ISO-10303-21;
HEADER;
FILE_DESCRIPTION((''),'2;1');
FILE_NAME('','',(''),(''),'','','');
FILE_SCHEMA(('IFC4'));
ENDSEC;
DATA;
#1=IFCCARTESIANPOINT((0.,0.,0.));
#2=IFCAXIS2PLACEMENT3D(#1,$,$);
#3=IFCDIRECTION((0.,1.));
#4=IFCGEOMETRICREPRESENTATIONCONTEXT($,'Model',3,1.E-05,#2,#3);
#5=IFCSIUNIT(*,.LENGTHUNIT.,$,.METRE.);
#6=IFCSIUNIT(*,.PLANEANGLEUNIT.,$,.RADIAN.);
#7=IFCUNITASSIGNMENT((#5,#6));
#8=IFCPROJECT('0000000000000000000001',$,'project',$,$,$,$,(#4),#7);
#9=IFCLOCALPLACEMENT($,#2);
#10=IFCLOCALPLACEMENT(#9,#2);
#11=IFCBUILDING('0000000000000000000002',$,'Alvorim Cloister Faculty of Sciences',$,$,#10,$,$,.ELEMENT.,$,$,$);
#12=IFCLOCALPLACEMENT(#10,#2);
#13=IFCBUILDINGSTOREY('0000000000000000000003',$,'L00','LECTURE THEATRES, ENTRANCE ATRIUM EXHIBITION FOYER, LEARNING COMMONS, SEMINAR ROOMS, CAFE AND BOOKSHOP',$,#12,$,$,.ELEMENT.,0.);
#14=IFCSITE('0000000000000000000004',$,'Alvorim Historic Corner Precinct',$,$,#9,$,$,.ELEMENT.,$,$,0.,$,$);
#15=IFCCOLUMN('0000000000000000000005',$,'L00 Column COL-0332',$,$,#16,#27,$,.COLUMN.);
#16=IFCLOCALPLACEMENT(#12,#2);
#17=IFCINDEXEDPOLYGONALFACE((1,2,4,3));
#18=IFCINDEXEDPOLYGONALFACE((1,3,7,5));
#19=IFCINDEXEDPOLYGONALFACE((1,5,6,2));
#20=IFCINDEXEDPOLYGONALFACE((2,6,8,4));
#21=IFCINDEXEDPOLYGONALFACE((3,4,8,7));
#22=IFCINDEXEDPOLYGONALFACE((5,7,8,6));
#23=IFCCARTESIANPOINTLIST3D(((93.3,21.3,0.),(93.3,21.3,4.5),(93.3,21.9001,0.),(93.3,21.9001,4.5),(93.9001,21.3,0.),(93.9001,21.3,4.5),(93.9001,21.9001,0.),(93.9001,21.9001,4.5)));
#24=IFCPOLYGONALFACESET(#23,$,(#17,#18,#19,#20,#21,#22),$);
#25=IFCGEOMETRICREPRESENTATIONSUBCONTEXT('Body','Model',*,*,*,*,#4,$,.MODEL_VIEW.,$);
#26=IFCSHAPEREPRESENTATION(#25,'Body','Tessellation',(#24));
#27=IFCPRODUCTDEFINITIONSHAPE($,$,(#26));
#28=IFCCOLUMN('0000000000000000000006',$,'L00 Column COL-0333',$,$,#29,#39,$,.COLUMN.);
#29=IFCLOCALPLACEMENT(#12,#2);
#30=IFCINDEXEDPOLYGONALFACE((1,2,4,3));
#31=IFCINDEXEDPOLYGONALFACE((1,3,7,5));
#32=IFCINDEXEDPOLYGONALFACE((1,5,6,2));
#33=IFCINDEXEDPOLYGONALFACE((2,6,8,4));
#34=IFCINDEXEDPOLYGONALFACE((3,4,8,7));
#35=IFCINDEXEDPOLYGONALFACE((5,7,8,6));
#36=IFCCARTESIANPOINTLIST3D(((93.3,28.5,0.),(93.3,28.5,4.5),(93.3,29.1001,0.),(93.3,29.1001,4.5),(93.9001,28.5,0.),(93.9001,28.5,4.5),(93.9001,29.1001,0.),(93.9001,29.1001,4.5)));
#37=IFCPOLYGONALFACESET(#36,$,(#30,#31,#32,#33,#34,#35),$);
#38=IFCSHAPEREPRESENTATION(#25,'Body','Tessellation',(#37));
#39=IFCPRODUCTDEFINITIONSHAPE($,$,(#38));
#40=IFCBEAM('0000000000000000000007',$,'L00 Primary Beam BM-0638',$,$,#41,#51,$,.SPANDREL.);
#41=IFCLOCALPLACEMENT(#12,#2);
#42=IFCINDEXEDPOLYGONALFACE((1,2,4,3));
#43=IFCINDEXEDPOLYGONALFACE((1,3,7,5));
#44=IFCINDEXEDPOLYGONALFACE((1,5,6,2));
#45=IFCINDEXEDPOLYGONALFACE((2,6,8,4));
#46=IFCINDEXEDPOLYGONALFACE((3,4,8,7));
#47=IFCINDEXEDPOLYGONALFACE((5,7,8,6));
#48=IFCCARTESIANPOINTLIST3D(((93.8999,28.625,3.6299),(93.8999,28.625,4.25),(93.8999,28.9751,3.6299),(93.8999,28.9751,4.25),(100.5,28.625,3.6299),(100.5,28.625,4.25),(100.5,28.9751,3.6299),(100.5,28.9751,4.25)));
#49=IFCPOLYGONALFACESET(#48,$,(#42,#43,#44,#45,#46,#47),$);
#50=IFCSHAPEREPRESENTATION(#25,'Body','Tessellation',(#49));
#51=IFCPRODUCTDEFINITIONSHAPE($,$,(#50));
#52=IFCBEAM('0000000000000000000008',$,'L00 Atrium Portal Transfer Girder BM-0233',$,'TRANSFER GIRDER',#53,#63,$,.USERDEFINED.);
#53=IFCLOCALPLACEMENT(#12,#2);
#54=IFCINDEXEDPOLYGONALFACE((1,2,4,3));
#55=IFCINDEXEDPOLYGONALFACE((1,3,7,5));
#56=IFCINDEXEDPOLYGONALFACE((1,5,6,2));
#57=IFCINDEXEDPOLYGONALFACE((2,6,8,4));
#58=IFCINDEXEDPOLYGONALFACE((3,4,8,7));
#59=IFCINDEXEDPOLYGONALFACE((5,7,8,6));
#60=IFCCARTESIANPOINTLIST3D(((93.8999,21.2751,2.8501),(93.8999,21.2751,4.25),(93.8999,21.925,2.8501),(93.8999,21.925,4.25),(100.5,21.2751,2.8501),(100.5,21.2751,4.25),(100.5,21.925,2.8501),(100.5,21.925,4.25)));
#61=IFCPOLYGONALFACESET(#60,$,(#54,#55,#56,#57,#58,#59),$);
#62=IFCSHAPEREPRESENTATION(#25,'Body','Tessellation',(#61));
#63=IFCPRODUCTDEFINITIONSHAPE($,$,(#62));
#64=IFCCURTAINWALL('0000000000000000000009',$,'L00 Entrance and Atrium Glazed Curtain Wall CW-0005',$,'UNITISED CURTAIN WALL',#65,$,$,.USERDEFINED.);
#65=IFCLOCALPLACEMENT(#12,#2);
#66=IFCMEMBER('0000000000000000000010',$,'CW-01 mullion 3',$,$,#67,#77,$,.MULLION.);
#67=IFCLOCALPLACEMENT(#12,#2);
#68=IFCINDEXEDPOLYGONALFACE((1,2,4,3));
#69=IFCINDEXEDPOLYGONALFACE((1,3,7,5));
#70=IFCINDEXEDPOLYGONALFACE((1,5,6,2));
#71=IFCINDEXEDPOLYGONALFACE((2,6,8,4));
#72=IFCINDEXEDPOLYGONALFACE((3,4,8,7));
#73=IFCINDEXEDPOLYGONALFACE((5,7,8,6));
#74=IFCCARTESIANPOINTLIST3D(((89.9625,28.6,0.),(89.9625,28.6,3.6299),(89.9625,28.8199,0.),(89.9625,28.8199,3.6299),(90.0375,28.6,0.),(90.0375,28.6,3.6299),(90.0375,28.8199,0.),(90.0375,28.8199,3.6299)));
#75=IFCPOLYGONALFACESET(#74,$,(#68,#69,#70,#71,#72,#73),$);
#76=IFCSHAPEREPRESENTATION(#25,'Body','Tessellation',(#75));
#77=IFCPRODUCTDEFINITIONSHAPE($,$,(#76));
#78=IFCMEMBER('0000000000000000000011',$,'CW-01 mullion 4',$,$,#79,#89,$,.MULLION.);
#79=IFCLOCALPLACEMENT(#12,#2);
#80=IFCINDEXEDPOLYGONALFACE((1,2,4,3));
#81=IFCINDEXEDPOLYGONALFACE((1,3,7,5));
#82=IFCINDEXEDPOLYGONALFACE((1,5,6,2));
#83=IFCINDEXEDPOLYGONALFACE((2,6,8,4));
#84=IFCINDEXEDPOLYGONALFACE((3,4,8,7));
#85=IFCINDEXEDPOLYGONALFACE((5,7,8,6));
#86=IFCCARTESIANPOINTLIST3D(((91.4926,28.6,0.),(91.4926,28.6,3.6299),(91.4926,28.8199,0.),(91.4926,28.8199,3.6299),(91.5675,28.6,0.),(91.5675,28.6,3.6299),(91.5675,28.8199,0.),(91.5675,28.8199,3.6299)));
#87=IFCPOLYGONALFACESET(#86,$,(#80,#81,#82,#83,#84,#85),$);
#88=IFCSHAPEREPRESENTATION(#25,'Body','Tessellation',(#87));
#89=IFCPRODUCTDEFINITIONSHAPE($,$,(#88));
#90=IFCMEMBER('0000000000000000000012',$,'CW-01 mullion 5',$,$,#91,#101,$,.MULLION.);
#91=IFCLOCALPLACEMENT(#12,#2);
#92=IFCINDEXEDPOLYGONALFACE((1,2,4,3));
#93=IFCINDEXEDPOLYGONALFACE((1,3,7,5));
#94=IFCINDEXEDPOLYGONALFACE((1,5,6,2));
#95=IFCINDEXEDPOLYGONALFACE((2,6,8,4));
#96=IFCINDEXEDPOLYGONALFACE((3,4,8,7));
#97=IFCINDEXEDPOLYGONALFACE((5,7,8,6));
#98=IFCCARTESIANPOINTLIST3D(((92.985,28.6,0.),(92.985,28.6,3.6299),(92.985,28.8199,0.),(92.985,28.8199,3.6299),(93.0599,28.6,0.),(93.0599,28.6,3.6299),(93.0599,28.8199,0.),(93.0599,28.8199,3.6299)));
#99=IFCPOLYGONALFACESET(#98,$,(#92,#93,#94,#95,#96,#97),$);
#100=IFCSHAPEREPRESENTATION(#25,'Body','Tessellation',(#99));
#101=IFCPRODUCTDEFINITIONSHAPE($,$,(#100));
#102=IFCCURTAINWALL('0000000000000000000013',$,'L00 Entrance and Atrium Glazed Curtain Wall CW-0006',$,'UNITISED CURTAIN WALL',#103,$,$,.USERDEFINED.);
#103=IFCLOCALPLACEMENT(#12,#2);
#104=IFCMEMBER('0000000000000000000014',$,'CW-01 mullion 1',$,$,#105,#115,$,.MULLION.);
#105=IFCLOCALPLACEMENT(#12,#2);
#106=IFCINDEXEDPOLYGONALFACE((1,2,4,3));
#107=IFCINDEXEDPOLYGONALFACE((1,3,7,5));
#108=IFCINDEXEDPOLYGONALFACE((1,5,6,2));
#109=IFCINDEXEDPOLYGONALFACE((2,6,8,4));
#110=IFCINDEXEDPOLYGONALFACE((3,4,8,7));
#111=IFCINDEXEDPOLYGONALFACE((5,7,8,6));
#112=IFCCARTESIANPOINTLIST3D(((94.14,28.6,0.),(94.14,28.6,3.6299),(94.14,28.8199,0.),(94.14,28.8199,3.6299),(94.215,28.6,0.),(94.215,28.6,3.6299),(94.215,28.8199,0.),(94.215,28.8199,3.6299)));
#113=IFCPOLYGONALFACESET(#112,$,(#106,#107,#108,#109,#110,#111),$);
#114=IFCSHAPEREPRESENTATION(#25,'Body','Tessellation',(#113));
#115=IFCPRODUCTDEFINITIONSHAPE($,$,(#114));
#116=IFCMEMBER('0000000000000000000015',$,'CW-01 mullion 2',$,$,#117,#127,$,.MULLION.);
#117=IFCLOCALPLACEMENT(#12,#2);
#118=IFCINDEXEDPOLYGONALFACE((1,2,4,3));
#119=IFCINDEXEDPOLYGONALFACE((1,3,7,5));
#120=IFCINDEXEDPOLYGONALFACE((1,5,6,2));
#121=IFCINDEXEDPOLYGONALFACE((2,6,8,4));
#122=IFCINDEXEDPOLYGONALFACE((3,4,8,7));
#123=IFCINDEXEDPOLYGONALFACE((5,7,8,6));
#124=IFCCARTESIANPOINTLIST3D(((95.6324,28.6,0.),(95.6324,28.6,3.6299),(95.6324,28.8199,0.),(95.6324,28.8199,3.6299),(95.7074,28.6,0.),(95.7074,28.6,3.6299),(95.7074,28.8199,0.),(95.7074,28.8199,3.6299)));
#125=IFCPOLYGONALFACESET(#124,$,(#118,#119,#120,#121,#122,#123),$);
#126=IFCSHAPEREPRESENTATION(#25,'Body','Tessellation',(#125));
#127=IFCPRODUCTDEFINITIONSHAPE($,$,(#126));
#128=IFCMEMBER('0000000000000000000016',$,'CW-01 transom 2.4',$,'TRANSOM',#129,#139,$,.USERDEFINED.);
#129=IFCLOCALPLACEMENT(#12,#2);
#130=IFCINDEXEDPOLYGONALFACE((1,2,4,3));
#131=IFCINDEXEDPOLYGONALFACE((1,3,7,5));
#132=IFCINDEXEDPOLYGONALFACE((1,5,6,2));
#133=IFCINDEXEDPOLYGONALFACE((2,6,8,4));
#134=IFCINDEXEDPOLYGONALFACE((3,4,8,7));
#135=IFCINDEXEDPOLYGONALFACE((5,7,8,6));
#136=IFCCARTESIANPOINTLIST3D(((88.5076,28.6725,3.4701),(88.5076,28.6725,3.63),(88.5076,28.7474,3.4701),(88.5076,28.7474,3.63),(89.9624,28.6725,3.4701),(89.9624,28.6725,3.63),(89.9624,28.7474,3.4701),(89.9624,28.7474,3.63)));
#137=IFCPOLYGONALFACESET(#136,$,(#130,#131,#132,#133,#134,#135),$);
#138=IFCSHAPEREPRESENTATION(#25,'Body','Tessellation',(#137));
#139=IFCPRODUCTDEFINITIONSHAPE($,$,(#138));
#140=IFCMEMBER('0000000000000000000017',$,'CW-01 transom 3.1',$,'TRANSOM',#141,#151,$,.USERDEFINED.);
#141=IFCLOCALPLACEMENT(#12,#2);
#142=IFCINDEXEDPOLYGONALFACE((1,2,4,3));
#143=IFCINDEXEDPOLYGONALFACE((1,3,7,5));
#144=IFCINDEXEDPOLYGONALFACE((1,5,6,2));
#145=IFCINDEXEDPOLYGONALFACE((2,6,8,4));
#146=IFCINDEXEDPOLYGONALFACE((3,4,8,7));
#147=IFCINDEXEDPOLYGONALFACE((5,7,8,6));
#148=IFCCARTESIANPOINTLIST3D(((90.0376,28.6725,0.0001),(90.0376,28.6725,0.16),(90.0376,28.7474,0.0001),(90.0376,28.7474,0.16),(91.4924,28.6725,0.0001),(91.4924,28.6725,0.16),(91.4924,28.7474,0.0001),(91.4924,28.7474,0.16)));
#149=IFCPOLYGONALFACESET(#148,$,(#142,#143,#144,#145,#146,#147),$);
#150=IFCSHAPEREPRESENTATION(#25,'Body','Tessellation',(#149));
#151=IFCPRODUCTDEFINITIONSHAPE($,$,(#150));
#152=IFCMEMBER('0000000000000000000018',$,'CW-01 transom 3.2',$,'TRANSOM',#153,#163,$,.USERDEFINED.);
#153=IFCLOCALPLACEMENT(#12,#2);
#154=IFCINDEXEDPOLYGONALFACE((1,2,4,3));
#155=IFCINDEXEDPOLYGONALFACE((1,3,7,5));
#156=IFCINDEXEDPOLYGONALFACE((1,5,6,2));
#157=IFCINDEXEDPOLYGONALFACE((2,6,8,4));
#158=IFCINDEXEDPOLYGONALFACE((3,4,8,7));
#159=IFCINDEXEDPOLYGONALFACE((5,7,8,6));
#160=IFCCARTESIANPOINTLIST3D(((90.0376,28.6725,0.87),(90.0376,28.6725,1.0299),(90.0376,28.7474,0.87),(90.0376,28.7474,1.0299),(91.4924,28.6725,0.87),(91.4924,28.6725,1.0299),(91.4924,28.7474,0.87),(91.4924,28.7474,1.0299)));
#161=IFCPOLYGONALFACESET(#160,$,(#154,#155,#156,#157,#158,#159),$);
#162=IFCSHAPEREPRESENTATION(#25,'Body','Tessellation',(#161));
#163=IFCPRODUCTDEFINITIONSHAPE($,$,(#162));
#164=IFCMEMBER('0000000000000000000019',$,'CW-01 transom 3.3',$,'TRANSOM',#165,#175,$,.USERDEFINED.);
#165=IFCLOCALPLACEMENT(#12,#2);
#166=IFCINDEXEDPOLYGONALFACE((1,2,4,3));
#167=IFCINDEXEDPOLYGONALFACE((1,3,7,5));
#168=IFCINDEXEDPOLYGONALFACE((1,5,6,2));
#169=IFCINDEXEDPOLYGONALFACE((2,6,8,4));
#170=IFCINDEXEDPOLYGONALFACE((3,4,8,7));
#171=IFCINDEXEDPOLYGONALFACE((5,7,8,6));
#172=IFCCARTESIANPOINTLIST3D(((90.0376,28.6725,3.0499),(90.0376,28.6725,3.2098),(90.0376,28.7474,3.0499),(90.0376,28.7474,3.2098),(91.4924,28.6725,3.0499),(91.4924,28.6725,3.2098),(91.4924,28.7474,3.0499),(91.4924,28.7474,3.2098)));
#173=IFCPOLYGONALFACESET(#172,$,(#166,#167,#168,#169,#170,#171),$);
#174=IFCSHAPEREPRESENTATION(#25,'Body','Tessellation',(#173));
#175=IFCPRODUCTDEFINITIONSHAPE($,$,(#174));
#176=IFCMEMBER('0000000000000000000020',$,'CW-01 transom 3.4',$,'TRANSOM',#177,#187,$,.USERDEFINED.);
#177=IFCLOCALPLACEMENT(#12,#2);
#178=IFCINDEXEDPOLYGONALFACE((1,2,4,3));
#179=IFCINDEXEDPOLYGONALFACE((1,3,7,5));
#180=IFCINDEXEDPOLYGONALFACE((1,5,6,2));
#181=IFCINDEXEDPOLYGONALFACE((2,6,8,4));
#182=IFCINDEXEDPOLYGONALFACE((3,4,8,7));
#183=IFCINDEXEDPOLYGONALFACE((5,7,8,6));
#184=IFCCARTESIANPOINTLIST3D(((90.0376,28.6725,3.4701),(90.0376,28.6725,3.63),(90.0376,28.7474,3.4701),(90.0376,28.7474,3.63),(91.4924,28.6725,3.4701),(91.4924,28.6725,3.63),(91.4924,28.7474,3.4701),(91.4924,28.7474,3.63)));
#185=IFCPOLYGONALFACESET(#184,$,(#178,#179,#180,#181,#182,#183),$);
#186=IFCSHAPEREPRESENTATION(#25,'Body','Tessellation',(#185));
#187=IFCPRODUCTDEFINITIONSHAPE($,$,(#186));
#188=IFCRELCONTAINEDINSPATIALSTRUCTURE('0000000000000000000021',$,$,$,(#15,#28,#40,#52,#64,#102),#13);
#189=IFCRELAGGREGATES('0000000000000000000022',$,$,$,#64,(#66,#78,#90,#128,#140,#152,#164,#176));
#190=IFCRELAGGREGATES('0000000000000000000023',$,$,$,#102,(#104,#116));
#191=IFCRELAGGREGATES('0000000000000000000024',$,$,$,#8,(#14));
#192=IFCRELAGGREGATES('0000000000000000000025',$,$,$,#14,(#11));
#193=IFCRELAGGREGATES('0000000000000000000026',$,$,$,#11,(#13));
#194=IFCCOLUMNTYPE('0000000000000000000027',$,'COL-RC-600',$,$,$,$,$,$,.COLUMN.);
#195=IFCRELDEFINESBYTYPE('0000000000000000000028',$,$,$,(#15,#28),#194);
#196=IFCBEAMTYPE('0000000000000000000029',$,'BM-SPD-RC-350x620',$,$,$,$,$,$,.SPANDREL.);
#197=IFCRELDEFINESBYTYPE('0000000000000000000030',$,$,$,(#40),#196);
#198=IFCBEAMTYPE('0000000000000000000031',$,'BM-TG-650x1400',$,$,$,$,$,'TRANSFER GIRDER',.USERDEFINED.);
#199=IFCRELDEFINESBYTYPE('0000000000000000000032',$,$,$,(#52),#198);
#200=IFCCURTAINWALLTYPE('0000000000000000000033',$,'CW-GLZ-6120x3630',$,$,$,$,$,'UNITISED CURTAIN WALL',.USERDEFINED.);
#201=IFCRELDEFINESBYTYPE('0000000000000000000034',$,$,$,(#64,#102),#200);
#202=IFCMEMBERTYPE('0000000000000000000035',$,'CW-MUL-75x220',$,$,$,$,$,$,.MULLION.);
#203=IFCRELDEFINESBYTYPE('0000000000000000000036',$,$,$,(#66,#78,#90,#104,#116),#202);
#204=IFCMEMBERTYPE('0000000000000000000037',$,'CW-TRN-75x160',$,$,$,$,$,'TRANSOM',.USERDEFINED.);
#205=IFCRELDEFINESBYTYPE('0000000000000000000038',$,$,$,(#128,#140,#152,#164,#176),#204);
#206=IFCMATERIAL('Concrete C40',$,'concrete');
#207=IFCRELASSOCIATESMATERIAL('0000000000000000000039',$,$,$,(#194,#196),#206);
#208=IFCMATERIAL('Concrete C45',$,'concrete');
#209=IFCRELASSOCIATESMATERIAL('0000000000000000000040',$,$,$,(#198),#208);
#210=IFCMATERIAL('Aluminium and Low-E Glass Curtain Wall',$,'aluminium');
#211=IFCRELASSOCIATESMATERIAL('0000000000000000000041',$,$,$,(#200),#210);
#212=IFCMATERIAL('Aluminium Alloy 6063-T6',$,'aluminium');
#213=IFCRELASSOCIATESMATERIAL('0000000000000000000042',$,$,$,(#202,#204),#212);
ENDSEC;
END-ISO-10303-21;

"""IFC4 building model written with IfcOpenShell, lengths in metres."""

from ifc_helpers import new_model, si_unit, direction, frame, origin, origin_2d, place, context, subcontext, project, spatial, rectangle, extrude, material, material_profile, profile_set, type_object, element, aggregate, save


model = new_model("IFC4")

# Units and contexts
model_context = context("Model", 3, precision=1e-05, world=origin(), true_north=direction((0.0, 1.0)))
body_context = subcontext(model_context, "Body", "Model", "MODEL_VIEW")
ifc_project = project(units=[si_unit("LENGTHUNIT", "METRE"), si_unit("PLANEANGLEUNIT", "RADIAN")], contexts=[model_context])

# Site, building, storey
site_placement = place(None, origin())
site = spatial("IfcSite", under=ifc_project, at=site_placement, Name="Alvorim Historic Corner Precinct", CompositionType="ELEMENT", RefElevation=0.0)
building_placement = place(site_placement, origin())
building = spatial("IfcBuilding", under=site, at=building_placement, Name="Alvorim Cloister Faculty of Sciences", CompositionType="ELEMENT")
storey_placement = place(building_placement, origin())
storey = spatial("IfcBuildingStorey", under=building, at=storey_placement, Name="L00", Description="LECTURE THEATRES, ENTRANCE ATRIUM EXHIBITION FOYER, LEARNING COMMONS, SEMINAR ROOMS, CAFE AND BOOKSHOP", CompositionType="ELEMENT", Elevation=0.0)

# Columns
ifc_material_1 = material(Name="Concrete C40", Category="concrete")
ifc_material_profile_1 = material_profile(ifc_material_1, rectangle(XDim=0.6001, YDim=0.6001, at=origin_2d()), Name="RC40-COL-600x600")
ifc_profile_set_1 = profile_set([ifc_material_profile_1], Name="Concrete C40")
column_type = type_object("IfcColumnType", Name="COL-RC-600", PredefinedType="COLUMN", material=ifc_profile_set_1)
for number, where, z_axis, x_axis, name in (
    (1, (93.6001, 21.6001, 0.0), (0.0, 0.0, 1.0), (1.0, 0.0, 0.0), "L00 Column COL-0332"),
    (2, (93.6001, 28.8, 0.0), (0.0, 0.0, 1.0), (1.0, 0.0, 0.0), "L00 Column COL-0333"),
):
    element("IfcColumn", number, at=place(storey_placement, frame(where, z_axis=z_axis, x_axis=x_axis)), inside=storey, type_object=column_type, Name=name, PredefinedType="COLUMN", context=body_context, shape_type="SweptSolid", body=[
        extrude(rectangle(XDim=0.6001, YDim=0.6001, at=origin_2d()), origin(), (0.0, 0.0, 1.0), 4.5),
    ])

# Beams
ifc_material_profile_2 = material_profile(ifc_material_1, rectangle(XDim=0.3501, YDim=0.6201, at=origin_2d()), Name="RC40-SPD-350x620")
ifc_profile_set_2 = profile_set([ifc_material_profile_2], Name="Concrete C40")
beam_type_1 = type_object("IfcBeamType", Name="BM-SPD-RC-350x620", PredefinedType="SPANDREL", material=ifc_profile_set_2)
beam_1_placement = place(storey_placement, frame((93.8999, 28.8, 3.9399), z_axis=(1.0, 0.0, 0.0), x_axis=(0.0, 1.0, 0.0)))
element("IfcBeam", 3, at=beam_1_placement, inside=storey, type_object=beam_type_1, Name="L00 Primary Beam BM-0638", PredefinedType="SPANDREL", context=body_context, shape_type="SweptSolid", body=[
    extrude(rectangle(XDim=0.3501, YDim=0.6201, at=origin_2d()), origin(), (0.0, 0.0, 1.0), 6.6001),
])
ifc_material_2 = material(Name="Concrete C45", Category="concrete")
ifc_material_profile_3 = material_profile(ifc_material_2, rectangle(XDim=0.6499, YDim=1.3999, at=origin_2d()), Name="RC45-TG-650x1400")
ifc_profile_set_3 = profile_set([ifc_material_profile_3], Name="Concrete C45")
beam_type_2 = type_object("IfcBeamType", Name="BM-TG-650x1400", ElementType="TRANSFER GIRDER", PredefinedType="USERDEFINED", material=ifc_profile_set_3)
beam_2_placement = place(storey_placement, frame((93.8999, 21.6001, 3.55), z_axis=(1.0, 0.0, 0.0), x_axis=(0.0, 1.0, 0.0)))
element("IfcBeam", 4, at=beam_2_placement, inside=storey, type_object=beam_type_2, Name="L00 Atrium Portal Transfer Girder BM-0233", ObjectType="TRANSFER GIRDER", PredefinedType="USERDEFINED", context=body_context, shape_type="SweptSolid", body=[
    extrude(rectangle(XDim=0.6499, YDim=1.3999, at=origin_2d()), origin(), (0.0, 0.0, 1.0), 6.6001),
])

# Curtain walls, members
ifc_material_3 = material(Name="Aluminium and Low-E Glass Curtain Wall", Category="aluminium")
curtain_wall_type = type_object("IfcCurtainWallType", Name="CW-GLZ-6120x3630", ElementType="UNITISED CURTAIN WALL", PredefinedType="USERDEFINED", material=ifc_material_3)
curtain_wall_1_placement = place(storey_placement, origin())
curtain_wall_1 = element("IfcCurtainWall", 5, at=curtain_wall_1_placement, inside=storey, type_object=curtain_wall_type, Name="L00 Entrance and Atrium Glazed Curtain Wall CW-0005", ObjectType="UNITISED CURTAIN WALL", PredefinedType="USERDEFINED")
ifc_material_4 = material(Name="Aluminium Alloy 6063-T6", Category="aluminium")
ifc_material_profile_4 = material_profile(ifc_material_4, rectangle(XDim=0.075, YDim=0.22, at=origin_2d()), Name="ALU-MUL-75x220")
ifc_profile_set_4 = profile_set([ifc_material_profile_4], Name="Aluminium Alloy 6063-T6")
member_type_1 = type_object("IfcMemberType", Name="CW-MUL-75x220", PredefinedType="MULLION", material=ifc_profile_set_4)
member_1_placement = place(storey_placement, frame((90.0, 28.71, 0.0), z_axis=(0.0, 0.0, 1.0), x_axis=(1.0, 0.0, 0.0)))
member_1 = element("IfcMember", 6, at=member_1_placement, type_object=member_type_1, Name="CW-01 mullion 3", PredefinedType="MULLION", context=body_context, shape_type="SweptSolid", body=[
    extrude(rectangle(XDim=0.075, YDim=0.22, at=origin_2d()), origin(), (0.0, 0.0, 1.0), 3.6299),
])
member_2_placement = place(storey_placement, frame((91.53, 28.71, 0.0), z_axis=(0.0, 0.0, 1.0), x_axis=(1.0, 0.0, 0.0)))
member_2 = element("IfcMember", 7, at=member_2_placement, type_object=member_type_1, Name="CW-01 mullion 4", PredefinedType="MULLION", context=body_context, shape_type="SweptSolid", body=[
    extrude(rectangle(XDim=0.075, YDim=0.22, at=origin_2d()), origin(), (0.0, 0.0, 1.0), 3.6299),
])
member_3_placement = place(storey_placement, frame((93.0225, 28.71, 0.0), z_axis=(0.0, 0.0, 1.0), x_axis=(1.0, 0.0, 0.0)))
member_3 = element("IfcMember", 8, at=member_3_placement, type_object=member_type_1, Name="CW-01 mullion 5", PredefinedType="MULLION", context=body_context, shape_type="SweptSolid", body=[
    extrude(rectangle(XDim=0.075, YDim=0.22, at=origin_2d()), origin(), (0.0, 0.0, 1.0), 3.6299),
])
curtain_wall_2_placement = place(storey_placement, origin())
curtain_wall_2 = element("IfcCurtainWall", 9, at=curtain_wall_2_placement, inside=storey, type_object=curtain_wall_type, Name="L00 Entrance and Atrium Glazed Curtain Wall CW-0006", ObjectType="UNITISED CURTAIN WALL", PredefinedType="USERDEFINED")
member_4_placement = place(storey_placement, frame((94.1775, 28.71, 0.0), z_axis=(0.0, 0.0, 1.0), x_axis=(1.0, 0.0, 0.0)))
member_4 = element("IfcMember", 10, at=member_4_placement, type_object=member_type_1, Name="CW-01 mullion 1", PredefinedType="MULLION", context=body_context, shape_type="SweptSolid", body=[
    extrude(rectangle(XDim=0.075, YDim=0.22, at=origin_2d()), origin(), (0.0, 0.0, 1.0), 3.6299),
])
member_5_placement = place(storey_placement, frame((95.6699, 28.71, 0.0), z_axis=(0.0, 0.0, 1.0), x_axis=(1.0, 0.0, 0.0)))
member_5 = element("IfcMember", 11, at=member_5_placement, type_object=member_type_1, Name="CW-01 mullion 2", PredefinedType="MULLION", context=body_context, shape_type="SweptSolid", body=[
    extrude(rectangle(XDim=0.075, YDim=0.22, at=origin_2d()), origin(), (0.0, 0.0, 1.0), 3.6299),
])

# Members
ifc_material_profile_5 = material_profile(ifc_material_4, rectangle(XDim=0.075, YDim=0.1599, at=origin_2d()), Name="ALU-TRN-75x160")
ifc_profile_set_5 = profile_set([ifc_material_profile_5], Name="Aluminium Alloy 6063-T6")
member_type_2 = type_object("IfcMemberType", Name="CW-TRN-75x160", ElementType="TRANSOM", PredefinedType="USERDEFINED", material=ifc_profile_set_5)
member_6_placement = place(storey_placement, frame((88.5076, 28.71, 3.55), z_axis=(1.0, 0.0, 0.0), x_axis=(0.0, 1.0, 0.0)))
member_6 = element("IfcMember", 12, at=member_6_placement, type_object=member_type_2, Name="CW-01 transom 2.4", ObjectType="TRANSOM", PredefinedType="USERDEFINED", context=body_context, shape_type="SweptSolid", body=[
    extrude(rectangle(XDim=0.075, YDim=0.1599, at=origin_2d()), origin(), (0.0, 0.0, 1.0), 1.4548),
])
member_7_placement = place(storey_placement, frame((90.0376, 28.71, 0.0801), z_axis=(1.0, 0.0, 0.0), x_axis=(0.0, 1.0, 0.0)))
member_7 = element("IfcMember", 13, at=member_7_placement, type_object=member_type_2, Name="CW-01 transom 3.1", ObjectType="TRANSOM", PredefinedType="USERDEFINED", context=body_context, shape_type="SweptSolid", body=[
    extrude(rectangle(XDim=0.075, YDim=0.1599, at=origin_2d()), origin(), (0.0, 0.0, 1.0), 1.4548),
])
member_8_placement = place(storey_placement, frame((90.0376, 28.71, 0.95), z_axis=(1.0, 0.0, 0.0), x_axis=(0.0, 1.0, 0.0)))
member_8 = element("IfcMember", 14, at=member_8_placement, type_object=member_type_2, Name="CW-01 transom 3.2", ObjectType="TRANSOM", PredefinedType="USERDEFINED", context=body_context, shape_type="SweptSolid", body=[
    extrude(rectangle(XDim=0.075, YDim=0.1599, at=origin_2d()), origin(), (0.0, 0.0, 1.0), 1.4548),
])
member_9_placement = place(storey_placement, frame((90.0376, 28.71, 3.1299), z_axis=(1.0, 0.0, 0.0), x_axis=(0.0, 1.0, 0.0)))
member_9 = element("IfcMember", 15, at=member_9_placement, type_object=member_type_2, Name="CW-01 transom 3.3", ObjectType="TRANSOM", PredefinedType="USERDEFINED", context=body_context, shape_type="SweptSolid", body=[
    extrude(rectangle(XDim=0.075, YDim=0.1599, at=origin_2d()), origin(), (0.0, 0.0, 1.0), 1.4548),
])
member_10_placement = place(storey_placement, frame((90.0376, 28.71, 3.55), z_axis=(1.0, 0.0, 0.0), x_axis=(0.0, 1.0, 0.0)))
member_10 = element("IfcMember", 16, at=member_10_placement, type_object=member_type_2, Name="CW-01 transom 3.4", ObjectType="TRANSOM", PredefinedType="USERDEFINED", context=body_context, shape_type="SweptSolid", body=[
    extrude(rectangle(XDim=0.075, YDim=0.1599, at=origin_2d()), origin(), (0.0, 0.0, 1.0), 1.4548),
])

aggregate(curtain_wall_1, [member_1, member_2, member_3, member_6, member_7, member_8, member_9, member_10])
aggregate(curtain_wall_2, [member_4, member_5])

save(model, "model.ifc")
